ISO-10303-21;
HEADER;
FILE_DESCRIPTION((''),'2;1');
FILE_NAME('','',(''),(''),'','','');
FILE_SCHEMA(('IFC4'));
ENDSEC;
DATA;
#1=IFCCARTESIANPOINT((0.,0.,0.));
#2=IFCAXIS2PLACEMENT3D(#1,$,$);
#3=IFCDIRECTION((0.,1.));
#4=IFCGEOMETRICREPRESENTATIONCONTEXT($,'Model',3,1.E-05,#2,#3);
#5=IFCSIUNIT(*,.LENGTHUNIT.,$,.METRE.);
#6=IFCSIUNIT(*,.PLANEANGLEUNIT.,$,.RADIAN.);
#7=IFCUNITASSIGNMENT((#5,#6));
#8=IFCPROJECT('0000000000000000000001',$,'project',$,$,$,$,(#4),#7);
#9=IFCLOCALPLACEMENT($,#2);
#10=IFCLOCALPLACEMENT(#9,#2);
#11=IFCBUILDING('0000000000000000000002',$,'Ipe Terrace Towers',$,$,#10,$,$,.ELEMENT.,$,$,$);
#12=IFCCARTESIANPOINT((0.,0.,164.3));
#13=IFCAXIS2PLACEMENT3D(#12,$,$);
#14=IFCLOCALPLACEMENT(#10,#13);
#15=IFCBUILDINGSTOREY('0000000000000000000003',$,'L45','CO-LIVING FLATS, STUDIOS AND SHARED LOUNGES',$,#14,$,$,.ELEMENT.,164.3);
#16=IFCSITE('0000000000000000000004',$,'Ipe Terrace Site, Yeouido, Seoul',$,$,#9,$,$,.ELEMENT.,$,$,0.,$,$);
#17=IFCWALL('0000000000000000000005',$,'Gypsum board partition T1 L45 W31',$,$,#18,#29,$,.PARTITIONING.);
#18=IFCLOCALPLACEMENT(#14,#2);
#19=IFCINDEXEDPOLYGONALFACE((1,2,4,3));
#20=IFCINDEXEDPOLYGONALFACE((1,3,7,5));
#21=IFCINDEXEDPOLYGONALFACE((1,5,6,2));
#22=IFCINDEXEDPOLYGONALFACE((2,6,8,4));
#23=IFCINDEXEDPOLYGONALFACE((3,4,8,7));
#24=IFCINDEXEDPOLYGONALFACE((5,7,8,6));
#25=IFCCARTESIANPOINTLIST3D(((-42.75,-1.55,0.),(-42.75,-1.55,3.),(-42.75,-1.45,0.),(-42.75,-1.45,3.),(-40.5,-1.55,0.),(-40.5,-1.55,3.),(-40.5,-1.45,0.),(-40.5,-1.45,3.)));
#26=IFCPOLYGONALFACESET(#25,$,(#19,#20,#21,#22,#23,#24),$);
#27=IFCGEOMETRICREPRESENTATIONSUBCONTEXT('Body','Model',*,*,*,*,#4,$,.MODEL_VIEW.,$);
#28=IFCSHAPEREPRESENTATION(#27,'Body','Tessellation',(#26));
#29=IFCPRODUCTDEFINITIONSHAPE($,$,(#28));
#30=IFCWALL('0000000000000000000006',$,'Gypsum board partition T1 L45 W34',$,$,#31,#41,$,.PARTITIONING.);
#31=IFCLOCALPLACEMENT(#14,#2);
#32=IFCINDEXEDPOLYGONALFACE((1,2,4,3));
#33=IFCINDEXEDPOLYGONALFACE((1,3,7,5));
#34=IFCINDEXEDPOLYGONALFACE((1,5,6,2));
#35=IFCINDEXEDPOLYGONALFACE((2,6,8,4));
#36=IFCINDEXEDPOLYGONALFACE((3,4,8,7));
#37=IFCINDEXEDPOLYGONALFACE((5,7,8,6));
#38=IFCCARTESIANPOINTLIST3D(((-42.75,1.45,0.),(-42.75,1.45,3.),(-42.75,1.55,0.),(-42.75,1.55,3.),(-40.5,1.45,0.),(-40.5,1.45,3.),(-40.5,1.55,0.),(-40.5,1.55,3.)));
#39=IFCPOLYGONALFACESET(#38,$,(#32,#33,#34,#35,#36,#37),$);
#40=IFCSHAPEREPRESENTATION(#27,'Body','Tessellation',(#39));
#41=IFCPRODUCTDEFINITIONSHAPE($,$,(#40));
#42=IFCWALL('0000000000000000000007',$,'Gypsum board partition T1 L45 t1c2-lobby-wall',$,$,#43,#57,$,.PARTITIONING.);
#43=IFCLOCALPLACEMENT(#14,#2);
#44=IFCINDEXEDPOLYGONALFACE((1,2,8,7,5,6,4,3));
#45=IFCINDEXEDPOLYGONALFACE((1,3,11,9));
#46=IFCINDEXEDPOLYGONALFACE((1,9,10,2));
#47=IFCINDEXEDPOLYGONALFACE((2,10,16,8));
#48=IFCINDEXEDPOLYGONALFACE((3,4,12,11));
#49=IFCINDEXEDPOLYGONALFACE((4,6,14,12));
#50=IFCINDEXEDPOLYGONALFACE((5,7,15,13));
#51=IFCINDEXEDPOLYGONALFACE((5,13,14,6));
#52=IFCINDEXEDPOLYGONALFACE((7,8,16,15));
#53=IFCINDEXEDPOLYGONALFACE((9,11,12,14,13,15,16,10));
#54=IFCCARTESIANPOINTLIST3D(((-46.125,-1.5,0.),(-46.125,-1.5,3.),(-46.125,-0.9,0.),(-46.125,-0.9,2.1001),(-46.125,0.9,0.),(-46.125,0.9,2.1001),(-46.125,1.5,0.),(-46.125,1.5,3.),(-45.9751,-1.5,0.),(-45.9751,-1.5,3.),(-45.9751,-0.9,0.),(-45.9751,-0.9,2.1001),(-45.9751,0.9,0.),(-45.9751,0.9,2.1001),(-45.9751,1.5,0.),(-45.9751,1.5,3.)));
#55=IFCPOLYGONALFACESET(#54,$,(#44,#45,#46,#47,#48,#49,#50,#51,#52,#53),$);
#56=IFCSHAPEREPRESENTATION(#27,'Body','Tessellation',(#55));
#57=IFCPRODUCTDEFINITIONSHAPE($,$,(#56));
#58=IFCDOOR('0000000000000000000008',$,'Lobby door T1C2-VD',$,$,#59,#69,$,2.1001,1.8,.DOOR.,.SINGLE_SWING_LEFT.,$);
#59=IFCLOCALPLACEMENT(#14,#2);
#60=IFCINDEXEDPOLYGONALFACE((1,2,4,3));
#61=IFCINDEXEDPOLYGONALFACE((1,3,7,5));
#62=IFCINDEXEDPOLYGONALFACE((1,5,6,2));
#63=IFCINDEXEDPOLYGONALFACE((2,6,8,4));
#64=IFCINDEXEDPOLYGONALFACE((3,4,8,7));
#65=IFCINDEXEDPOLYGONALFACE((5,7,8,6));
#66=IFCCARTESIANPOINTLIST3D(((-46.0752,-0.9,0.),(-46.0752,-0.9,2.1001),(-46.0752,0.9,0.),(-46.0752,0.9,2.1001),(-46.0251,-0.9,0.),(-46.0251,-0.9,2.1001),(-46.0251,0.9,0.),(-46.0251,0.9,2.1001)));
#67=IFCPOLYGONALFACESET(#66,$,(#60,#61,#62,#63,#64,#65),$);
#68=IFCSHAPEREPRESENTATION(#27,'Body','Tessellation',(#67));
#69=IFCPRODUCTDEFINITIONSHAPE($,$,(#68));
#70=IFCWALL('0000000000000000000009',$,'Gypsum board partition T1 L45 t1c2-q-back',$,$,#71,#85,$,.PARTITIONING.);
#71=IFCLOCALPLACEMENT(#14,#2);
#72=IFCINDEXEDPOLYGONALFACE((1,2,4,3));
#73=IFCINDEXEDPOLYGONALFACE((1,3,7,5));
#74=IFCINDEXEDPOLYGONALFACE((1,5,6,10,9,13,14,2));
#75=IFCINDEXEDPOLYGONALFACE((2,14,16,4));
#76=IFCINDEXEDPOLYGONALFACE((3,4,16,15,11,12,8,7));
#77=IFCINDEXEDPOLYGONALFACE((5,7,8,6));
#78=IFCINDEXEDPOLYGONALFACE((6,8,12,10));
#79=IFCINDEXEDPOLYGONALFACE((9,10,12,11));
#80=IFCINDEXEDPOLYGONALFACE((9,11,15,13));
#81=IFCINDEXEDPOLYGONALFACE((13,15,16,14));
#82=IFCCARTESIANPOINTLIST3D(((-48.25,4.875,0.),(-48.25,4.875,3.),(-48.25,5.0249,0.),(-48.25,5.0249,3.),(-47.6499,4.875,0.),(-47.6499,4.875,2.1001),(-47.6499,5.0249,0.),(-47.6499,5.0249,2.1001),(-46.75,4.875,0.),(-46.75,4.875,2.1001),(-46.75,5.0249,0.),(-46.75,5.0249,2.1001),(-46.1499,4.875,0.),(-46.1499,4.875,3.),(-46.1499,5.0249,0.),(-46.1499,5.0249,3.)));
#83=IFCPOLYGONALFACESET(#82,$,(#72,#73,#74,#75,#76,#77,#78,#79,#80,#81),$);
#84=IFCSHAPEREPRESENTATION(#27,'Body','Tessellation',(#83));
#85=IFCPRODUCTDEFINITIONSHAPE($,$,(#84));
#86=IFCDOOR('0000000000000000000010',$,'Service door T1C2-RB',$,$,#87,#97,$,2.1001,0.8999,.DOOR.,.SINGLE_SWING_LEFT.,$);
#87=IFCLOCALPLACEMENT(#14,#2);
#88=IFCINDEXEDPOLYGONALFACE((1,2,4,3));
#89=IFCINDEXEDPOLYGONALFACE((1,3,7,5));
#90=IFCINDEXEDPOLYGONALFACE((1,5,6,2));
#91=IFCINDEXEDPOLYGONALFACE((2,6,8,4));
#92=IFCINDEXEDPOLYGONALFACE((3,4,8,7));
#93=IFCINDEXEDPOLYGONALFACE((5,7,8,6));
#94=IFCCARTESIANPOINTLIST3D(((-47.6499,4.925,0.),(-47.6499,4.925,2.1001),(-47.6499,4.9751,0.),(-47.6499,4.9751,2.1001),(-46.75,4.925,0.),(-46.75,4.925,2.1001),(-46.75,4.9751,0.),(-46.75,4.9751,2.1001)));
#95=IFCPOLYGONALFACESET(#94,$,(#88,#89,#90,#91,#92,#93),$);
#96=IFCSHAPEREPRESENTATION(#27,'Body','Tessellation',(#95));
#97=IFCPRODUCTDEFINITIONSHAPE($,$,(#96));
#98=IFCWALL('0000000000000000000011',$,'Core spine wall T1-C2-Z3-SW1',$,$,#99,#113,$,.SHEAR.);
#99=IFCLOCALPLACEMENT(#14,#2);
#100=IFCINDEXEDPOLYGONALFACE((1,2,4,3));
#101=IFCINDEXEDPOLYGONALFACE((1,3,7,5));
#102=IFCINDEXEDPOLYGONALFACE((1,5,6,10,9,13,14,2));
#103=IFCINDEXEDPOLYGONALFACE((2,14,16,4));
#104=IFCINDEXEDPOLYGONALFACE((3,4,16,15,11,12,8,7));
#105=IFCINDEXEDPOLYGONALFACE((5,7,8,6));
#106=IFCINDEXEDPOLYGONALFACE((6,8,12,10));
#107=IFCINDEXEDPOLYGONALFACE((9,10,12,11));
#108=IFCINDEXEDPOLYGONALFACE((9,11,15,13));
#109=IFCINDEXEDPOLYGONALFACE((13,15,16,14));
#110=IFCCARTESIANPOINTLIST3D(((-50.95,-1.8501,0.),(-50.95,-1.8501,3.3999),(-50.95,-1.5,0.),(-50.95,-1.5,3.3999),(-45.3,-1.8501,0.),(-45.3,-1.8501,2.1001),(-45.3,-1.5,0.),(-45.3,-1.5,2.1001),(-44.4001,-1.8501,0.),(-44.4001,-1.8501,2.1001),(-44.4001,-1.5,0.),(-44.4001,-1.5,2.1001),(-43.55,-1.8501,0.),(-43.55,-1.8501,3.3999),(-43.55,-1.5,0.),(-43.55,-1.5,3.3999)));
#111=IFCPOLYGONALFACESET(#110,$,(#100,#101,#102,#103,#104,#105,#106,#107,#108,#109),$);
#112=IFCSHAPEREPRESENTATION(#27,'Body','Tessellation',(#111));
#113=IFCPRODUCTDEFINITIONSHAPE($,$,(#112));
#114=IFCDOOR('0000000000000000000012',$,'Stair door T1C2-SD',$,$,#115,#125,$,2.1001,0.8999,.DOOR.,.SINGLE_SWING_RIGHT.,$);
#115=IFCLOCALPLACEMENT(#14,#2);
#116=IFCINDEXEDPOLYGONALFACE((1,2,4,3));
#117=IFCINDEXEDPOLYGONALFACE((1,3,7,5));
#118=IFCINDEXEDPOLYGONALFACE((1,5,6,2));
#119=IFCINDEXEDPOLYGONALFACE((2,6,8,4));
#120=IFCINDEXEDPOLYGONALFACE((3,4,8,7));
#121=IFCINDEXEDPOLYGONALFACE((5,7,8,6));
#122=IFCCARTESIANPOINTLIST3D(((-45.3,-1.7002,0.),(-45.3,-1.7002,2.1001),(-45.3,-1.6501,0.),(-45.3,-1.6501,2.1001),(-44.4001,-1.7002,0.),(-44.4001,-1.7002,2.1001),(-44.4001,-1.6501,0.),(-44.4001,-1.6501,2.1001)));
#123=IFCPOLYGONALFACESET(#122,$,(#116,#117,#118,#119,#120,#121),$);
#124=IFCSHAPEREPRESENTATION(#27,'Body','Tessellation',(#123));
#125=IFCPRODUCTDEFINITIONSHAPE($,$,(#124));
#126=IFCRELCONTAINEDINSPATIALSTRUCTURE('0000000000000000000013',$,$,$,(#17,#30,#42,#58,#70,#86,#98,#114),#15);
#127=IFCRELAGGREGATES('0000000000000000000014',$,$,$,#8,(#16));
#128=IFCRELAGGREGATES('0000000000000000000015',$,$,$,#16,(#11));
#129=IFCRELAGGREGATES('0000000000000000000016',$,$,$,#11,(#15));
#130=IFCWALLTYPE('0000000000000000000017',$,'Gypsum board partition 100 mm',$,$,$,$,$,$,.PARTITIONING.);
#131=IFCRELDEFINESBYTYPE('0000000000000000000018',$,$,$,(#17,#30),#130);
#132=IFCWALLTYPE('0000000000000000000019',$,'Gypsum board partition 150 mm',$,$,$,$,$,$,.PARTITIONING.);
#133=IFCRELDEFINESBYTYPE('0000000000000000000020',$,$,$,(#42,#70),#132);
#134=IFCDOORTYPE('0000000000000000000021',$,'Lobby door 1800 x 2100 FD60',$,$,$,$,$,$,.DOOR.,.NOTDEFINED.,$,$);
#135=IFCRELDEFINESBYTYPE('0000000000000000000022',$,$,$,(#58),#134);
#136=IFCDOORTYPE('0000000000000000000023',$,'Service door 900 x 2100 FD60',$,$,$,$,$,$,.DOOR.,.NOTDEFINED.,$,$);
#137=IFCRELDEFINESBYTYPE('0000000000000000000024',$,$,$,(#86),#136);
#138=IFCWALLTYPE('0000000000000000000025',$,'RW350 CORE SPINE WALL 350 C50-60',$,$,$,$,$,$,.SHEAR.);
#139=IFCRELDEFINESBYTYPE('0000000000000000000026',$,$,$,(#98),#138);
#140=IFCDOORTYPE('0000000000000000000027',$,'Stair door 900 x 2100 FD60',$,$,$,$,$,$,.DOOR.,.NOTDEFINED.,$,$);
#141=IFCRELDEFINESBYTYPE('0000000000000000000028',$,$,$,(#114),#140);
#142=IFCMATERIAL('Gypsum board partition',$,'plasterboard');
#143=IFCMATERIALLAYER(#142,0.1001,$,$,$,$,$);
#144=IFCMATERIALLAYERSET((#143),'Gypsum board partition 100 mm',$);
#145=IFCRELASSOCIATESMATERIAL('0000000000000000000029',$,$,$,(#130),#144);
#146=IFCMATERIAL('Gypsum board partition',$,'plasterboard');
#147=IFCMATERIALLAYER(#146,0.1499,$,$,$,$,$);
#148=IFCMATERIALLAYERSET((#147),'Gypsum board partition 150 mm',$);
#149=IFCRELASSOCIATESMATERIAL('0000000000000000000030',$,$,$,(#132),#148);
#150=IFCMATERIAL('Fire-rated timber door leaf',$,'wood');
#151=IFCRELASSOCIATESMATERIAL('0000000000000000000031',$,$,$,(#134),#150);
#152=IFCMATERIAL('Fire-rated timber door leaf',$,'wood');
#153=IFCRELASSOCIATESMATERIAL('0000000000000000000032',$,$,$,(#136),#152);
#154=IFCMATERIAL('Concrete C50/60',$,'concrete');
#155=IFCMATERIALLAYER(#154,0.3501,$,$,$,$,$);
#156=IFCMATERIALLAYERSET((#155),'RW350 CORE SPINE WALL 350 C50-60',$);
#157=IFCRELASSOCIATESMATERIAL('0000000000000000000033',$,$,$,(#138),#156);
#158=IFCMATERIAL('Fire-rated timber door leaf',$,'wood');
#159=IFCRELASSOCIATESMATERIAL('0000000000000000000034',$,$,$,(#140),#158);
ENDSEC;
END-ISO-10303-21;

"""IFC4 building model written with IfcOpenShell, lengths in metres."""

from ifc_helpers import new_model, si_unit, direction, frame, frame_2d, origin, place, context, subcontext, project, spatial, rectangle, extrude, material, layer, layer_set, type_object, element, fill, save


model = new_model("IFC4")

# Units and contexts
model_context = context("Model", 3, precision=1e-05, world=origin(), true_north=direction((0.0, 1.0)))
body_context = subcontext(model_context, "Body", "Model", "MODEL_VIEW")
ifc_project = project(units=[si_unit("LENGTHUNIT", "METRE"), si_unit("PLANEANGLEUNIT", "RADIAN")], contexts=[model_context])

# Site, building, storey
site_placement = place(None, origin())
site = spatial("IfcSite", under=ifc_project, at=site_placement, Name="Ipe Terrace Site, Yeouido, Seoul", CompositionType="ELEMENT", RefElevation=0.0)
building_placement = place(site_placement, origin())
building = spatial("IfcBuilding", under=site, at=building_placement, Name="Ipe Terrace Towers", CompositionType="ELEMENT")
storey_placement = place(building_placement, frame((0.0, 0.0, 164.3)))
storey = spatial("IfcBuildingStorey", under=building, at=storey_placement, Name="L45", Description="CO-LIVING FLATS, STUDIOS AND SHARED LOUNGES", CompositionType="ELEMENT", Elevation=164.3)

# Walls
ifc_material_1 = material(Name="Gypsum board partition", Category="plasterboard")
ifc_layer_1 = layer(ifc_material_1, 0.1001)
ifc_layer_set_1 = layer_set([ifc_layer_1], Name="Gypsum board partition 100 mm")
wall_type_1 = type_object("IfcWallType", Name="Gypsum board partition 100 mm", PredefinedType="PARTITIONING", material=ifc_layer_set_1)
for number, where, z_axis, x_axis, name in (
    (1, (-42.75, -1.5, 0.0), (0.0, 0.0, 1.0), (1.0, 0.0, 0.0), "Gypsum board partition T1 L45 W31"),
    (2, (-42.75, 1.5, 0.0), (0.0, 0.0, 1.0), (1.0, 0.0, 0.0), "Gypsum board partition T1 L45 W34"),
):
    element("IfcWall", number, at=place(storey_placement, frame(where, z_axis=z_axis, x_axis=x_axis)), inside=storey, type_object=wall_type_1, Name=name, PredefinedType="PARTITIONING", context=body_context, shape_type="SweptSolid", body=[
        extrude(rectangle(XDim=2.25, YDim=0.1001, at=frame_2d((1.125, 0.0))), origin(), (0.0, 0.0, 1.0), 3.0),
    ])

# Walls, openings, doors
ifc_material_2 = material(Name="Gypsum board partition", Category="plasterboard")
ifc_layer_2 = layer(ifc_material_2, 0.1499)
ifc_layer_set_2 = layer_set([ifc_layer_2], Name="Gypsum board partition 150 mm")
wall_type_2 = type_object("IfcWallType", Name="Gypsum board partition 150 mm", PredefinedType="PARTITIONING", material=ifc_layer_set_2)
wall_1_placement = place(storey_placement, frame((-46.05, 1.5, 0.0), z_axis=(0.0, 0.0, 1.0), x_axis=(0.0, -1.0, 0.0)))
wall_1 = element("IfcWall", 3, at=wall_1_placement, inside=storey, type_object=wall_type_2, Name="Gypsum board partition T1 L45 t1c2-lobby-wall", PredefinedType="PARTITIONING", context=body_context, shape_type="SweptSolid", body=[
    extrude(rectangle(XDim=3.0, YDim=0.1499, at=frame_2d((1.5, 0.0))), origin(), (0.0, 0.0, 1.0), 3.0),
])
opening_1_placement = place(wall_1_placement, frame((0.6001, 0.0, 0.0)))
opening_1 = element("IfcOpeningElement", 4, at=opening_1_placement, cuts=wall_1, PredefinedType="OPENING", context=body_context, shape_type="SweptSolid", body=[
    extrude(rectangle(XDim=1.8, YDim=2.1001, at=frame_2d((0.8999, 1.05))), frame((0.0, 0.085, 0.0), z_axis=(0.0, -1.0, 0.0), x_axis=(1.0, 0.0, 0.0)), (0.0, 0.0, 1.0), 0.1699),
])
ifc_material_3 = material(Name="Fire-rated timber door leaf", Category="wood")
door_type_1 = type_object("IfcDoorType", Name="Lobby door 1800 x 2100 FD60", OperationType="NOTDEFINED", PredefinedType="DOOR", material=ifc_material_3)
door_1_placement = place(opening_1_placement, origin())
door_1 = element("IfcDoor", 5, at=door_1_placement, inside=storey, type_object=door_type_1, Name="Lobby door T1C2-VD", OperationType="SINGLE_SWING_LEFT", OverallHeight=2.1001, OverallWidth=1.8, PredefinedType="DOOR", context=body_context, shape_type="SweptSolid", body=[
    extrude(rectangle(XDim=1.8, YDim=2.1001, at=frame_2d((0.8999, 1.05))), frame((0.0, 0.0249, 0.0), z_axis=(0.0, -1.0, 0.0), x_axis=(1.0, 0.0, 0.0)), (0.0, 0.0, 1.0), 0.05),
])
fill(opening_1, door_1)
wall_2_placement = place(storey_placement, frame((-46.1499, 4.95, 0.0), z_axis=(0.0, 0.0, 1.0), x_axis=(-1.0, 0.0, 0.0)))
wall_2 = element("IfcWall", 6, at=wall_2_placement, inside=storey, type_object=wall_type_2, Name="Gypsum board partition T1 L45 t1c2-q-back", PredefinedType="PARTITIONING", context=body_context, shape_type="SweptSolid", body=[
    extrude(rectangle(XDim=2.1001, YDim=0.1499, at=frame_2d((1.05, 0.0))), origin(), (0.0, 0.0, 1.0), 3.0),
])
opening_2_placement = place(wall_2_placement, frame((0.6001, 0.0, 0.0)))
opening_2 = element("IfcOpeningElement", 7, at=opening_2_placement, cuts=wall_2, PredefinedType="OPENING", context=body_context, shape_type="SweptSolid", body=[
    extrude(rectangle(XDim=0.8999, YDim=2.1001, at=frame_2d((0.45, 1.05))), frame((0.0, 0.085, 0.0), z_axis=(0.0, -1.0, 0.0), x_axis=(1.0, 0.0, 0.0)), (0.0, 0.0, 1.0), 0.1699),
])
ifc_material_4 = material(Name="Fire-rated timber door leaf", Category="wood")
door_type_2 = type_object("IfcDoorType", Name="Service door 900 x 2100 FD60", OperationType="NOTDEFINED", PredefinedType="DOOR", material=ifc_material_4)
door_2_placement = place(opening_2_placement, origin())
door_2 = element("IfcDoor", 8, at=door_2_placement, inside=storey, type_object=door_type_2, Name="Service door T1C2-RB", OperationType="SINGLE_SWING_LEFT", OverallHeight=2.1001, OverallWidth=0.8999, PredefinedType="DOOR", context=body_context, shape_type="SweptSolid", body=[
    extrude(rectangle(XDim=0.8999, YDim=2.1001, at=frame_2d((0.45, 1.05))), frame((0.0, 0.0249, 0.0), z_axis=(0.0, -1.0, 0.0), x_axis=(1.0, 0.0, 0.0)), (0.0, 0.0, 1.0), 0.05),
])
fill(opening_2, door_2)
ifc_material_5 = material(Name="Concrete C50/60", Category="concrete")
ifc_layer_3 = layer(ifc_material_5, 0.3501)
ifc_layer_set_3 = layer_set([ifc_layer_3], Name="RW350 CORE SPINE WALL 350 C50-60")
wall_type_3 = type_object("IfcWallType", Name="RW350 CORE SPINE WALL 350 C50-60", PredefinedType="SHEAR", material=ifc_layer_set_3)
wall_3_placement = place(storey_placement, frame((-50.95, -1.675, 0.0), z_axis=(0.0, 0.0, 1.0), x_axis=(1.0, 0.0, 0.0)))
wall_3 = element("IfcWall", 9, at=wall_3_placement, inside=storey, type_object=wall_type_3, Name="Core spine wall T1-C2-Z3-SW1", PredefinedType="SHEAR", context=body_context, shape_type="SweptSolid", body=[
    extrude(rectangle(XDim=7.3999, YDim=0.3501, at=frame_2d((3.7, 0.0))), origin(), (0.0, 0.0, 1.0), 3.3999),
])
opening_3_placement = place(wall_3_placement, frame((5.6499, 0.0, 0.0)))
opening_3 = element("IfcOpeningElement", 10, at=opening_3_placement, cuts=wall_3, PredefinedType="OPENING", context=body_context, shape_type="SweptSolid", body=[
    extrude(rectangle(XDim=0.8999, YDim=2.1001, at=frame_2d((0.45, 1.05))), frame((0.0, 0.1851, 0.0), z_axis=(0.0, -1.0, 0.0), x_axis=(1.0, 0.0, 0.0)), (0.0, 0.0, 1.0), 0.3701),
])
ifc_material_6 = material(Name="Fire-rated timber door leaf", Category="wood")
door_type_3 = type_object("IfcDoorType", Name="Stair door 900 x 2100 FD60", OperationType="NOTDEFINED", PredefinedType="DOOR", material=ifc_material_6)
door_3_placement = place(opening_3_placement, origin())
door_3 = element("IfcDoor", 11, at=door_3_placement, inside=storey, type_object=door_type_3, Name="Stair door T1C2-SD", OperationType="SINGLE_SWING_RIGHT", OverallHeight=2.1001, OverallWidth=0.8999, PredefinedType="DOOR", context=body_context, shape_type="SweptSolid", body=[
    extrude(rectangle(XDim=0.8999, YDim=2.1001, at=frame_2d((0.45, 1.05))), frame((0.0, 0.0249, 0.0), z_axis=(0.0, -1.0, 0.0), x_axis=(1.0, 0.0, 0.0)), (0.0, 0.0, 1.0), 0.05),
])
fill(opening_3, door_3)

save(model, "model.ifc")
